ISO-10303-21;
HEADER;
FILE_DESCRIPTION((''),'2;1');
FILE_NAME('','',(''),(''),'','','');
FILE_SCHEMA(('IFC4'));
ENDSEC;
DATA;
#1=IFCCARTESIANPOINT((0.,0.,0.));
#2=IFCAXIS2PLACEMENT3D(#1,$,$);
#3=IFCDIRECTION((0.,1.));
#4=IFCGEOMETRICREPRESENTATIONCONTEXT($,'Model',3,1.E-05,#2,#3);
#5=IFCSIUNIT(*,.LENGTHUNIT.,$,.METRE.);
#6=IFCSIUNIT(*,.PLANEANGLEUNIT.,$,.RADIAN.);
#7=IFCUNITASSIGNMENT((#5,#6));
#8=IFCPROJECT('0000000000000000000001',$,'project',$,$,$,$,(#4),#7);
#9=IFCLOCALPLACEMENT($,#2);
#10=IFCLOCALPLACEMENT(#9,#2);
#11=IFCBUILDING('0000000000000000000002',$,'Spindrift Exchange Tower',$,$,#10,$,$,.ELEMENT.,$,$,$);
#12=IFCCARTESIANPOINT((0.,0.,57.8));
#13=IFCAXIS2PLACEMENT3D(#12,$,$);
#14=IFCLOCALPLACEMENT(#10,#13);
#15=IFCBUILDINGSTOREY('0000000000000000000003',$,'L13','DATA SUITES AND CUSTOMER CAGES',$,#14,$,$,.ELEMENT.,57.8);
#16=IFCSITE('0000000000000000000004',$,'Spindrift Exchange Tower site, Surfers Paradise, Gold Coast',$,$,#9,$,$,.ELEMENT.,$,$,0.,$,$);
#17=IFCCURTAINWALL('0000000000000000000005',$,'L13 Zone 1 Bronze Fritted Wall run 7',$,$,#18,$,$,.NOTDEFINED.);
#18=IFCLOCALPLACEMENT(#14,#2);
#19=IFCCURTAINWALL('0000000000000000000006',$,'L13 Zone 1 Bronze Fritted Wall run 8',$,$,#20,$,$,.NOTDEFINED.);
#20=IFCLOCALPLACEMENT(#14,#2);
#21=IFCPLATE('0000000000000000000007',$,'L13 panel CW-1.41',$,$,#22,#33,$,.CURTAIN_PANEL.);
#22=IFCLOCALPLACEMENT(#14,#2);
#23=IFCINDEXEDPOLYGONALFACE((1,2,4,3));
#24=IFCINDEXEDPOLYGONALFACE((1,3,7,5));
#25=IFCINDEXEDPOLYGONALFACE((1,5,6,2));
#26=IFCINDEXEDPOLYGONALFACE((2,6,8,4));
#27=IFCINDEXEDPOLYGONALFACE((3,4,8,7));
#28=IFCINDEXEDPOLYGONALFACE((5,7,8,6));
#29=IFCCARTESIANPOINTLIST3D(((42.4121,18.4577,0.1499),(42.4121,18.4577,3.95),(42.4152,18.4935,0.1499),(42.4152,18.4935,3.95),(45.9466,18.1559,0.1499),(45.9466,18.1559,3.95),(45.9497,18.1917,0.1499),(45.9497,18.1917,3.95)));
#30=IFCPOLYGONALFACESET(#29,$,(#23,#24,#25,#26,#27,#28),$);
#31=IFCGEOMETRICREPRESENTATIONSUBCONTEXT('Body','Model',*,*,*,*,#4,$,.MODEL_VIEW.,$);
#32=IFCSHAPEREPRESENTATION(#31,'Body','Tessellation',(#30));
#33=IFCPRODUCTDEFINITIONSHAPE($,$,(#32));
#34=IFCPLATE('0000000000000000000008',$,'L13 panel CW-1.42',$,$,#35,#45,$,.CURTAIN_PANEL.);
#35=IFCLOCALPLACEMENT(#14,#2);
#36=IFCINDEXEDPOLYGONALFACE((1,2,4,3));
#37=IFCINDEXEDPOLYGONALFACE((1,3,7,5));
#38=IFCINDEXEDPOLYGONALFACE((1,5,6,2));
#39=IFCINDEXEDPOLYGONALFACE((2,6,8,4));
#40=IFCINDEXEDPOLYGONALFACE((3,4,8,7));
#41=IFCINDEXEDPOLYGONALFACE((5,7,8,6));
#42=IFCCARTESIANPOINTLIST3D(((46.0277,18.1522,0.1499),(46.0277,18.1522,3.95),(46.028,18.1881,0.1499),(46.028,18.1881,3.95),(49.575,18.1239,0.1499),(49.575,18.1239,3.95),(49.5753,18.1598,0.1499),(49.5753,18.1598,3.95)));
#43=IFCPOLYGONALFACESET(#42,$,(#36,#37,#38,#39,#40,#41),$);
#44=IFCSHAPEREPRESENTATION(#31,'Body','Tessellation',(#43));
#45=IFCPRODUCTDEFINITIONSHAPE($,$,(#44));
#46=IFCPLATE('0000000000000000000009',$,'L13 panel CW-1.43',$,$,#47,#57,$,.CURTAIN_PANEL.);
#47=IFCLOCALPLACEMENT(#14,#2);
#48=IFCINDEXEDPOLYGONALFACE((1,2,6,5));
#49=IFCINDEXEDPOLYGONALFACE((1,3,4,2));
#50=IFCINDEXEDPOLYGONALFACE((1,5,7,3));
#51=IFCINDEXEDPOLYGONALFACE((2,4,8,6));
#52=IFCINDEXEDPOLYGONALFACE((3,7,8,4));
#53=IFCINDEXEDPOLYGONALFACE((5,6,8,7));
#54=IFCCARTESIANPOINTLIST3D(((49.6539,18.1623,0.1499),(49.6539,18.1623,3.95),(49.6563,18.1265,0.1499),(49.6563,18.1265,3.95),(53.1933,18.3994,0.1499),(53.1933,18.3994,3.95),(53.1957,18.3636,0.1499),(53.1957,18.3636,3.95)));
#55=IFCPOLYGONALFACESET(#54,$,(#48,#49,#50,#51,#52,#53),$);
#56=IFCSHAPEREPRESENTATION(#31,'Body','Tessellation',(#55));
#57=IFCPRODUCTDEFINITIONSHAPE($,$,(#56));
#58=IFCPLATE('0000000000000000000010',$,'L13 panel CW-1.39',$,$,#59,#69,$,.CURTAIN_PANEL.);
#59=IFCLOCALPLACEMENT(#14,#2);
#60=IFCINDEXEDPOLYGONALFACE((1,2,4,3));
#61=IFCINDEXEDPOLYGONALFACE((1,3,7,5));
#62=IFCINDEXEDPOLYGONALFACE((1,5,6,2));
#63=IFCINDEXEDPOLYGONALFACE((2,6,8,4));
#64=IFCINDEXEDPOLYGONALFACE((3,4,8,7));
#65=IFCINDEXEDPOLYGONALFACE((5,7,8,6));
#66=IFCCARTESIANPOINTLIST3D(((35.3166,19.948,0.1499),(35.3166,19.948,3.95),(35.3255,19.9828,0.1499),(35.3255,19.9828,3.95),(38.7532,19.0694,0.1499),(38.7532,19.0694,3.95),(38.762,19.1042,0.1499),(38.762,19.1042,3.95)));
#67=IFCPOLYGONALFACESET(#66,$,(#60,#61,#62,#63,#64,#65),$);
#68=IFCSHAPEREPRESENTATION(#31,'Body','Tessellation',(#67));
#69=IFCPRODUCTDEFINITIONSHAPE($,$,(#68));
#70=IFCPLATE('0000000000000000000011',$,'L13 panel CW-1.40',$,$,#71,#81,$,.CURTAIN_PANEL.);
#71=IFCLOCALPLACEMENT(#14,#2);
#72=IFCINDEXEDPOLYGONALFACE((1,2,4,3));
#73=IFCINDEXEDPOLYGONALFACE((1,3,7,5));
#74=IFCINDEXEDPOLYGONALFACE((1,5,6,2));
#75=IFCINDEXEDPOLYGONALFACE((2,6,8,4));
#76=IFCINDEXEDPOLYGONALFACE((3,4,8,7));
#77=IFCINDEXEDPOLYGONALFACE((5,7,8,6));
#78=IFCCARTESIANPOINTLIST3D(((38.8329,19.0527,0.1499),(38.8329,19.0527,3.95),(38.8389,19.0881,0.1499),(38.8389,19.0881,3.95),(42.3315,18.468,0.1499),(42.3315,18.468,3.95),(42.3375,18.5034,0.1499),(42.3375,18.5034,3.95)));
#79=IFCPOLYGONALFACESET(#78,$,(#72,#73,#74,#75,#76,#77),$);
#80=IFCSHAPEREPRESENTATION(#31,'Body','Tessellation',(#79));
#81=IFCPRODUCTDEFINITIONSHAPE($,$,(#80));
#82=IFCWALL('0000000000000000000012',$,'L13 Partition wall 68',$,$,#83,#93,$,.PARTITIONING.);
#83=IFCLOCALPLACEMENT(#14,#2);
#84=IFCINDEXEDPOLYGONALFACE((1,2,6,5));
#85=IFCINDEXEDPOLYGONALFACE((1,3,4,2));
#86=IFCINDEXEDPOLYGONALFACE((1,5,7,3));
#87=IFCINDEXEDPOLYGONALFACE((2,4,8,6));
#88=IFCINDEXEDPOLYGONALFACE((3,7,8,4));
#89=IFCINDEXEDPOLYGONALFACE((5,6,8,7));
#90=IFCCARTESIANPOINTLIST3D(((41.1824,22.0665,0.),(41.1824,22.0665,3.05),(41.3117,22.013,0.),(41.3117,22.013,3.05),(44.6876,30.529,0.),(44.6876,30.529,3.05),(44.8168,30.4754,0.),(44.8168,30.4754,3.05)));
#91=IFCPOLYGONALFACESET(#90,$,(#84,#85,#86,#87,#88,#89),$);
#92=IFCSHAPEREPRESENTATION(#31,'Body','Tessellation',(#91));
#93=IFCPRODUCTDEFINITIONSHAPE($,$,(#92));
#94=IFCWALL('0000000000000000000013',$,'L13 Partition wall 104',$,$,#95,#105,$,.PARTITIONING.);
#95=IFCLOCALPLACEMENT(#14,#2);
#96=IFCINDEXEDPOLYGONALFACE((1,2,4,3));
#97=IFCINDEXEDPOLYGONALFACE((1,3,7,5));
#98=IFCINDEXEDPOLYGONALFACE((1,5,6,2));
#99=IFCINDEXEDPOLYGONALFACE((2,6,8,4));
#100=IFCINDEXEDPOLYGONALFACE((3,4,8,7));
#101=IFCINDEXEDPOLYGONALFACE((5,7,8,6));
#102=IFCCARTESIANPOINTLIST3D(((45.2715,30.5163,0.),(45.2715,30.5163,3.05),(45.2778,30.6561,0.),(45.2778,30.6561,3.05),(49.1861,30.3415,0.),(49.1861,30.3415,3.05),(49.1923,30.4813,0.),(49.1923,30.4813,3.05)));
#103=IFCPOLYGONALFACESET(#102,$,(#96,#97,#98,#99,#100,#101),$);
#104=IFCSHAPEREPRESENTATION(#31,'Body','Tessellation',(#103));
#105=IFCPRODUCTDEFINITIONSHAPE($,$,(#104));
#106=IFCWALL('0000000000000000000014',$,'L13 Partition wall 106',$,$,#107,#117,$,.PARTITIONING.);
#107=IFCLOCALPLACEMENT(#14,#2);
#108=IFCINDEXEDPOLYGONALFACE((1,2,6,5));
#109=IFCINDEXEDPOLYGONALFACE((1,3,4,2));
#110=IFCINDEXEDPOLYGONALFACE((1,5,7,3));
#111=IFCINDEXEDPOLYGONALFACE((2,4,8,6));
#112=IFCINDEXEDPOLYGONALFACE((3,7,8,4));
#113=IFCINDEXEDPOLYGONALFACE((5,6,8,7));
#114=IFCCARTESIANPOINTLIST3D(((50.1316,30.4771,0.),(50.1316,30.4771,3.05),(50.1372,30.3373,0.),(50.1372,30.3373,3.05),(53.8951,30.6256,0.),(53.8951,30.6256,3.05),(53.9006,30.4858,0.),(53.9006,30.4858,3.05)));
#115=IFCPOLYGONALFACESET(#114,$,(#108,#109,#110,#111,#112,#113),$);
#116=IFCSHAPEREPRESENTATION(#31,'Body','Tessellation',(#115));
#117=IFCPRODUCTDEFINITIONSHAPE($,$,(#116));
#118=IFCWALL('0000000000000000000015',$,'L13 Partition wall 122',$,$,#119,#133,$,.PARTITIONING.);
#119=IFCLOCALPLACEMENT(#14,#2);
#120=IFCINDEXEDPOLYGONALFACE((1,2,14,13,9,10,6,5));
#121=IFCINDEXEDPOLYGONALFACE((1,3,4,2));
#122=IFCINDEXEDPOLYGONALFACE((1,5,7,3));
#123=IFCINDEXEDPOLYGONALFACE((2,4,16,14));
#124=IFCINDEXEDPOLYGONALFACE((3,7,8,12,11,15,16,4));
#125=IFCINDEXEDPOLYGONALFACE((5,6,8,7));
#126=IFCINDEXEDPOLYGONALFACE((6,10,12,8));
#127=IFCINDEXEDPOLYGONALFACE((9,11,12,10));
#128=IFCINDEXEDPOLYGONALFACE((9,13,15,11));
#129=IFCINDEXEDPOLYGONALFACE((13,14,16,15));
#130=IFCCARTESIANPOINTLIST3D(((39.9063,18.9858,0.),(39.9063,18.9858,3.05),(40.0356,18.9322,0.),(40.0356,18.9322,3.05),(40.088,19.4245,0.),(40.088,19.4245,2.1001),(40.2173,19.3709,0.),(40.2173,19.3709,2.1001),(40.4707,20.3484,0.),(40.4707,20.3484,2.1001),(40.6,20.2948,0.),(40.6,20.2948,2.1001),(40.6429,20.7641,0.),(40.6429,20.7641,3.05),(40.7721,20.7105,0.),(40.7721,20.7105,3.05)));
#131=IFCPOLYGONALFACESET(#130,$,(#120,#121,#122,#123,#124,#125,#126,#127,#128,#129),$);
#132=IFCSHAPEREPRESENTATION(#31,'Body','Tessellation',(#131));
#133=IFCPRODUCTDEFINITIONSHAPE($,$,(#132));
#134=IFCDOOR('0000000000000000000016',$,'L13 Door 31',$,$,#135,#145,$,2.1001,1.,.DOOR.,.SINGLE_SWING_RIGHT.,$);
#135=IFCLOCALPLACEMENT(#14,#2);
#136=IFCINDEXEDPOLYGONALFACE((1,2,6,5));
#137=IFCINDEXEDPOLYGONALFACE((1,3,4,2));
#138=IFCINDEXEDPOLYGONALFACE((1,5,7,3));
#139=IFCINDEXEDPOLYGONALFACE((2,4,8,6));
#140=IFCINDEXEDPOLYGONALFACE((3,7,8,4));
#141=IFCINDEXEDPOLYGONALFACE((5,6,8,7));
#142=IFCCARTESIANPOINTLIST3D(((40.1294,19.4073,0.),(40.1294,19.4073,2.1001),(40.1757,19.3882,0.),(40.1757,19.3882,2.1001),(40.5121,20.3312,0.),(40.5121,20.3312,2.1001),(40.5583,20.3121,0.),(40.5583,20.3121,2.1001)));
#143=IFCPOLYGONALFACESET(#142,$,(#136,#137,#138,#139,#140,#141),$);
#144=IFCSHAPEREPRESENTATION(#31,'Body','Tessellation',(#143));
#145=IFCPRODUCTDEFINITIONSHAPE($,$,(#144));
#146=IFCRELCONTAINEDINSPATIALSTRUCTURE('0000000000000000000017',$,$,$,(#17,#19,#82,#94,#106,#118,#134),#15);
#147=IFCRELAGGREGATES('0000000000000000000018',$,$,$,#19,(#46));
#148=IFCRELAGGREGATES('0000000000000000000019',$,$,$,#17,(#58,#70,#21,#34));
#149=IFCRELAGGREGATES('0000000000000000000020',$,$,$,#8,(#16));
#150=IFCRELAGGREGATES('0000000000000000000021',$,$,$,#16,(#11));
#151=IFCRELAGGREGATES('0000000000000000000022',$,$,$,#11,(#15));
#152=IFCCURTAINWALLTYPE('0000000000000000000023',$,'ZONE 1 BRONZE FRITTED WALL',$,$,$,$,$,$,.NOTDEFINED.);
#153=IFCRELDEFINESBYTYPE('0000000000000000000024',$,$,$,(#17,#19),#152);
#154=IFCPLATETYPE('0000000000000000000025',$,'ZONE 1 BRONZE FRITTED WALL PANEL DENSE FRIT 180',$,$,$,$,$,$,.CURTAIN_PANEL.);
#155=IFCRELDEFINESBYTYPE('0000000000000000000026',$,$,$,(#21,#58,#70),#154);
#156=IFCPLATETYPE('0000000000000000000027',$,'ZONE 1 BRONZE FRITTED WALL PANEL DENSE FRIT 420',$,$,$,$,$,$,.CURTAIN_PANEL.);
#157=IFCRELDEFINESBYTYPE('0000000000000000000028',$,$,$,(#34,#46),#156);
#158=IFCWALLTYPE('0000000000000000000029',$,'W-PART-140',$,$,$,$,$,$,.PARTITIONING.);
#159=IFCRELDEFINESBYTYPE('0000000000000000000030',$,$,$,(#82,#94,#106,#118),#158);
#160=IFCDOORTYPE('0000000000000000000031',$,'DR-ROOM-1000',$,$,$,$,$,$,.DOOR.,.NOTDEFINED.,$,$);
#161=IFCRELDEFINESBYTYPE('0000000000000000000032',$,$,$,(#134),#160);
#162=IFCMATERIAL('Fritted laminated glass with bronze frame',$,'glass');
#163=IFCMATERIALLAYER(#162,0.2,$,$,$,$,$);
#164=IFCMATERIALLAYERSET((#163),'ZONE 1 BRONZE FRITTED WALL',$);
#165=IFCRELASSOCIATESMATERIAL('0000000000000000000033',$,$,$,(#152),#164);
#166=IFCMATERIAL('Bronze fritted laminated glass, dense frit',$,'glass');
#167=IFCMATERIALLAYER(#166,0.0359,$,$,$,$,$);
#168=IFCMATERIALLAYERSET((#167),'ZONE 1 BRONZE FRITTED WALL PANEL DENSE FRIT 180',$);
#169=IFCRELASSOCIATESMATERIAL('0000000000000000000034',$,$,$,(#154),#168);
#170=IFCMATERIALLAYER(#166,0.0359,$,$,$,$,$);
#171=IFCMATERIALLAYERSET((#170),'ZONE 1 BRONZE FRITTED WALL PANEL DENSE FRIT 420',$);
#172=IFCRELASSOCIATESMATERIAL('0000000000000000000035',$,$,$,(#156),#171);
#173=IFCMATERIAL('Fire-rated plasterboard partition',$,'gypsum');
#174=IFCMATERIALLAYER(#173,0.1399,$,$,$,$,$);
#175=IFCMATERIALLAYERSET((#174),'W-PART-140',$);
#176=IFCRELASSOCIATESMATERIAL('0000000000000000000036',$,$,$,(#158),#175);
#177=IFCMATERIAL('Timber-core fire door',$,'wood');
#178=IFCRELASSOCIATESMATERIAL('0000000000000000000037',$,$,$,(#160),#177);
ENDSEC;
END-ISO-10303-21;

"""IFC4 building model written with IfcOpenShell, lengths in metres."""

from ifc_helpers import new_model, si_unit, direction, frame, frame_2d, origin, origin_2d, place, context, subcontext, project, spatial, rectangle, extrude, source, transform, mapped, material, layer, layer_set, type_object, element, fill, aggregate, save


model = new_model("IFC4")

# Units and contexts
model_context = context("Model", 3, precision=1e-05, world=origin(), true_north=direction((0.0, 1.0)))
body_context = subcontext(model_context, "Body", "Model", "MODEL_VIEW")
ifc_project = project(units=[si_unit("LENGTHUNIT", "METRE"), si_unit("PLANEANGLEUNIT", "RADIAN")], contexts=[model_context])

# Site, building, storey
site_placement = place(None, origin())
site = spatial("IfcSite", under=ifc_project, at=site_placement, Name="Spindrift Exchange Tower site, Surfers Paradise, Gold Coast", CompositionType="ELEMENT", RefElevation=0.0)
building_placement = place(site_placement, origin())
building = spatial("IfcBuilding", under=site, at=building_placement, Name="Spindrift Exchange Tower", CompositionType="ELEMENT")
storey_placement = place(building_placement, frame((0.0, 0.0, 57.8)))
storey = spatial("IfcBuildingStorey", under=building, at=storey_placement, Name="L13", Description="DATA SUITES AND CUSTOMER CAGES", CompositionType="ELEMENT", Elevation=57.8)

# Curtain walls
ifc_material_1 = material(Name="Fritted laminated glass with bronze frame", Category="glass")
ifc_layer_1 = layer(ifc_material_1, 0.2)
ifc_layer_set_1 = layer_set([ifc_layer_1], Name="ZONE 1 BRONZE FRITTED WALL")
curtain_wall_type = type_object("IfcCurtainWallType", Name="ZONE 1 BRONZE FRITTED WALL", PredefinedType="NOTDEFINED", material=ifc_layer_set_1)
curtain_wall_1_placement = place(storey_placement, origin())
curtain_wall_1 = element("IfcCurtainWall", 1, at=curtain_wall_1_placement, inside=storey, type_object=curtain_wall_type, Name="L13 Zone 1 Bronze Fritted Wall run 7", PredefinedType="NOTDEFINED")
curtain_wall_2_placement = place(storey_placement, origin())
curtain_wall_2 = element("IfcCurtainWall", 2, at=curtain_wall_2_placement, inside=storey, type_object=curtain_wall_type, Name="L13 Zone 1 Bronze Fritted Wall run 8", PredefinedType="NOTDEFINED")

# Plates
ifc_material_2 = material(Name="Bronze fritted laminated glass, dense frit", Category="glass")
ifc_layer_2 = layer(ifc_material_2, 0.0359)
ifc_layer_set_2 = layer_set([ifc_layer_2], Name="ZONE 1 BRONZE FRITTED WALL PANEL DENSE FRIT 180")
plate_type_1 = type_object("IfcPlateType", Name="ZONE 1 BRONZE FRITTED WALL PANEL DENSE FRIT 180", PredefinedType="CURTAIN_PANEL", material=ifc_layer_set_2)
shared_shape_1 = source(origin(), body_context, "Body", "SweptSolid", [
    extrude(rectangle(XDim=3.5474, YDim=0.0359, at=origin_2d()), origin(), (0.0, 0.0, 1.0), 3.8),
])
plate_1_placement = place(storey_placement, frame((44.1809, 18.3247, 0.1499), z_axis=(0.0, 0.0, 1.0), x_axis=(0.996374, -0.085076, 0.0)))
plate_1 = element("IfcPlate", 3, at=plate_1_placement, type_object=plate_type_1, Name="L13 panel CW-1.41", PredefinedType="CURTAIN_PANEL", context=body_context, shape_type="MappedRepresentation", body=[
    mapped(shared_shape_1, transform((0.0, 0.0, 0.0), scale=1.0)),
])
ifc_layer_3 = layer(ifc_material_2, 0.0359)
ifc_layer_set_3 = layer_set([ifc_layer_3], Name="ZONE 1 BRONZE FRITTED WALL PANEL DENSE FRIT 420")
plate_type_2 = type_object("IfcPlateType", Name="ZONE 1 BRONZE FRITTED WALL PANEL DENSE FRIT 420", PredefinedType="CURTAIN_PANEL", material=ifc_layer_set_3)
shared_shape_2 = source(origin(), body_context, "Body", "SweptSolid", [
    extrude(rectangle(XDim=3.5474, YDim=0.0359, at=origin_2d()), origin(), (0.0, 0.0, 1.0), 3.8),
])
plate_2_placement = place(storey_placement, frame((47.8015, 18.156, 0.1499), z_axis=(0.0, 0.0, 1.0), x_axis=(0.999968, -0.007967, 0.0)))
plate_2 = element("IfcPlate", 4, at=plate_2_placement, type_object=plate_type_2, Name="L13 panel CW-1.42", PredefinedType="CURTAIN_PANEL", context=body_context, shape_type="MappedRepresentation", body=[
    mapped(shared_shape_2, transform((0.0, 0.0, 0.0), scale=1.0)),
])
plate_3_placement = place(storey_placement, frame((51.4248, 18.2629, 0.1499), z_axis=(0.0, 0.0, 1.0), x_axis=(0.997763, 0.066852, 0.0)))
plate_3 = element("IfcPlate", 5, at=plate_3_placement, type_object=plate_type_2, Name="L13 panel CW-1.43", PredefinedType="CURTAIN_PANEL", context=body_context, shape_type="MappedRepresentation", body=[
    mapped(shared_shape_2, transform((0.0, 0.0, 0.0), scale=1.0)),
])
aggregate(curtain_wall_2, [plate_3])
shared_shape_3 = source(origin(), body_context, "Body", "SweptSolid", [
    extrude(rectangle(XDim=3.5471, YDim=0.0359, at=origin_2d()), origin(), (0.0, 0.0, 1.0), 3.8),
])
plate_4_placement = place(storey_placement, frame((37.0393, 19.5261, 0.1499), z_axis=(0.0, 0.0, 1.0), x_axis=(0.96884, -0.247689, 0.0)))
plate_4 = element("IfcPlate", 6, at=plate_4_placement, type_object=plate_type_1, Name="L13 panel CW-1.39", PredefinedType="CURTAIN_PANEL", context=body_context, shape_type="MappedRepresentation", body=[
    mapped(shared_shape_3, transform((0.0, 0.0, 0.0), scale=1.0)),
])
plate_5_placement = place(storey_placement, frame((40.5852, 18.7781, 0.1499), z_axis=(0.0, 0.0, 1.0), x_axis=(0.98632, -0.164841, 0.0)))
plate_5 = element("IfcPlate", 7, at=plate_5_placement, type_object=plate_type_1, Name="L13 panel CW-1.40", PredefinedType="CURTAIN_PANEL", context=body_context, shape_type="MappedRepresentation", body=[
    mapped(shared_shape_3, transform((0.0, 0.0, 0.0), scale=1.0)),
])
aggregate(curtain_wall_1, [plate_4, plate_5, plate_1, plate_2])

# Walls
ifc_material_3 = material(Name="Fire-rated plasterboard partition", Category="gypsum")
ifc_layer_4 = layer(ifc_material_3, 0.1399)
ifc_layer_set_4 = layer_set([ifc_layer_4], Name="W-PART-140")
wall_type = type_object("IfcWallType", Name="W-PART-140", PredefinedType="PARTITIONING", material=ifc_layer_set_4)
wall_1_placement = place(storey_placement, frame((44.7522, 30.5022, 0.0), z_axis=(0.0, 0.0, 1.0), x_axis=(-0.382673, -0.923884, 0.0)))
element("IfcWall", 8, at=wall_1_placement, inside=storey, type_object=wall_type, Name="L13 Partition wall 68", PredefinedType="PARTITIONING", context=body_context, shape_type="SweptSolid", body=[
    extrude(rectangle(XDim=9.1597, YDim=0.1399, at=frame_2d((4.5798, 0.0))), origin(), (0.0, 0.0, 1.0), 3.05),
])
wall_2_placement = place(storey_placement, frame((45.2747, 30.5862, 0.0), z_axis=(0.0, 0.0, 1.0), x_axis=(0.999004, -0.044611, 0.0)))
element("IfcWall", 9, at=wall_2_placement, inside=storey, type_object=wall_type, Name="L13 Partition wall 104", PredefinedType="PARTITIONING", context=body_context, shape_type="SweptSolid", body=[
    extrude(rectangle(XDim=3.9185, YDim=0.1399, at=frame_2d((1.9592, 0.0))), origin(), (0.0, 0.0, 1.0), 3.05),
])
wall_3_placement = place(storey_placement, frame((50.1343, 30.4072, 0.0), z_axis=(0.0, 0.0, 1.0), x_axis=(0.999223, 0.039411, 0.0)))
element("IfcWall", 10, at=wall_3_placement, inside=storey, type_object=wall_type, Name="L13 Partition wall 106", PredefinedType="PARTITIONING", context=body_context, shape_type="SweptSolid", body=[
    extrude(rectangle(XDim=3.7664, YDim=0.1399, at=frame_2d((1.8833, 0.0))), origin(), (0.0, 0.0, 1.0), 3.05),
])

# Wall, opening, door
wall_4_placement = place(storey_placement, frame((40.7075, 20.7373, 0.0), z_axis=(0.0, 0.0, 1.0), x_axis=(-0.382669, -0.923885, 0.0)))
wall_4 = element("IfcWall", 11, at=wall_4_placement, inside=storey, type_object=wall_type, Name="L13 Partition wall 122", PredefinedType="PARTITIONING", context=body_context, shape_type="SweptSolid", body=[
    extrude(rectangle(XDim=1.9248, YDim=0.1399, at=frame_2d((0.9624, 0.0))), origin(), (0.0, 0.0, 1.0), 3.05),
])
opening_placement = place(wall_4_placement, frame((0.45, 0.0, 0.0)))
opening = element("IfcOpeningElement", 12, at=opening_placement, cuts=wall_4, PredefinedType="OPENING", context=body_context, shape_type="SweptSolid", body=[
    extrude(rectangle(XDim=1.0, YDim=2.1001, at=frame_2d((0.5, 1.05))), frame((0.0, 0.0798, 0.0), z_axis=(0.0, -1.0, 0.0), x_axis=(1.0, 0.0, 0.0)), (0.0, 0.0, 1.0), 0.1599),
])
ifc_material_4 = material(Name="Timber-core fire door", Category="wood")
door_type = type_object("IfcDoorType", Name="DR-ROOM-1000", OperationType="NOTDEFINED", PredefinedType="DOOR", material=ifc_material_4)
shared_shape_4 = source(origin(), body_context, "Body", "SweptSolid", [
    extrude(rectangle(XDim=1.0, YDim=2.1001, at=frame_2d((0.5, 1.05))), frame((0.0, 0.0249, 0.0), z_axis=(0.0, -1.0, 0.0), x_axis=(1.0, 0.0, 0.0)), (0.0, 0.0, 1.0), 0.05),
])
door_placement = place(opening_placement, origin())
door = element("IfcDoor", 13, at=door_placement, inside=storey, type_object=door_type, Name="L13 Door 31", OperationType="SINGLE_SWING_RIGHT", OverallHeight=2.1001, OverallWidth=1.0, PredefinedType="DOOR", context=body_context, shape_type="MappedRepresentation", body=[
    mapped(shared_shape_4, transform((0.0, 0.0, 0.0), scale=1.0)),
])
fill(opening, door)

save(model, "model.ifc")
